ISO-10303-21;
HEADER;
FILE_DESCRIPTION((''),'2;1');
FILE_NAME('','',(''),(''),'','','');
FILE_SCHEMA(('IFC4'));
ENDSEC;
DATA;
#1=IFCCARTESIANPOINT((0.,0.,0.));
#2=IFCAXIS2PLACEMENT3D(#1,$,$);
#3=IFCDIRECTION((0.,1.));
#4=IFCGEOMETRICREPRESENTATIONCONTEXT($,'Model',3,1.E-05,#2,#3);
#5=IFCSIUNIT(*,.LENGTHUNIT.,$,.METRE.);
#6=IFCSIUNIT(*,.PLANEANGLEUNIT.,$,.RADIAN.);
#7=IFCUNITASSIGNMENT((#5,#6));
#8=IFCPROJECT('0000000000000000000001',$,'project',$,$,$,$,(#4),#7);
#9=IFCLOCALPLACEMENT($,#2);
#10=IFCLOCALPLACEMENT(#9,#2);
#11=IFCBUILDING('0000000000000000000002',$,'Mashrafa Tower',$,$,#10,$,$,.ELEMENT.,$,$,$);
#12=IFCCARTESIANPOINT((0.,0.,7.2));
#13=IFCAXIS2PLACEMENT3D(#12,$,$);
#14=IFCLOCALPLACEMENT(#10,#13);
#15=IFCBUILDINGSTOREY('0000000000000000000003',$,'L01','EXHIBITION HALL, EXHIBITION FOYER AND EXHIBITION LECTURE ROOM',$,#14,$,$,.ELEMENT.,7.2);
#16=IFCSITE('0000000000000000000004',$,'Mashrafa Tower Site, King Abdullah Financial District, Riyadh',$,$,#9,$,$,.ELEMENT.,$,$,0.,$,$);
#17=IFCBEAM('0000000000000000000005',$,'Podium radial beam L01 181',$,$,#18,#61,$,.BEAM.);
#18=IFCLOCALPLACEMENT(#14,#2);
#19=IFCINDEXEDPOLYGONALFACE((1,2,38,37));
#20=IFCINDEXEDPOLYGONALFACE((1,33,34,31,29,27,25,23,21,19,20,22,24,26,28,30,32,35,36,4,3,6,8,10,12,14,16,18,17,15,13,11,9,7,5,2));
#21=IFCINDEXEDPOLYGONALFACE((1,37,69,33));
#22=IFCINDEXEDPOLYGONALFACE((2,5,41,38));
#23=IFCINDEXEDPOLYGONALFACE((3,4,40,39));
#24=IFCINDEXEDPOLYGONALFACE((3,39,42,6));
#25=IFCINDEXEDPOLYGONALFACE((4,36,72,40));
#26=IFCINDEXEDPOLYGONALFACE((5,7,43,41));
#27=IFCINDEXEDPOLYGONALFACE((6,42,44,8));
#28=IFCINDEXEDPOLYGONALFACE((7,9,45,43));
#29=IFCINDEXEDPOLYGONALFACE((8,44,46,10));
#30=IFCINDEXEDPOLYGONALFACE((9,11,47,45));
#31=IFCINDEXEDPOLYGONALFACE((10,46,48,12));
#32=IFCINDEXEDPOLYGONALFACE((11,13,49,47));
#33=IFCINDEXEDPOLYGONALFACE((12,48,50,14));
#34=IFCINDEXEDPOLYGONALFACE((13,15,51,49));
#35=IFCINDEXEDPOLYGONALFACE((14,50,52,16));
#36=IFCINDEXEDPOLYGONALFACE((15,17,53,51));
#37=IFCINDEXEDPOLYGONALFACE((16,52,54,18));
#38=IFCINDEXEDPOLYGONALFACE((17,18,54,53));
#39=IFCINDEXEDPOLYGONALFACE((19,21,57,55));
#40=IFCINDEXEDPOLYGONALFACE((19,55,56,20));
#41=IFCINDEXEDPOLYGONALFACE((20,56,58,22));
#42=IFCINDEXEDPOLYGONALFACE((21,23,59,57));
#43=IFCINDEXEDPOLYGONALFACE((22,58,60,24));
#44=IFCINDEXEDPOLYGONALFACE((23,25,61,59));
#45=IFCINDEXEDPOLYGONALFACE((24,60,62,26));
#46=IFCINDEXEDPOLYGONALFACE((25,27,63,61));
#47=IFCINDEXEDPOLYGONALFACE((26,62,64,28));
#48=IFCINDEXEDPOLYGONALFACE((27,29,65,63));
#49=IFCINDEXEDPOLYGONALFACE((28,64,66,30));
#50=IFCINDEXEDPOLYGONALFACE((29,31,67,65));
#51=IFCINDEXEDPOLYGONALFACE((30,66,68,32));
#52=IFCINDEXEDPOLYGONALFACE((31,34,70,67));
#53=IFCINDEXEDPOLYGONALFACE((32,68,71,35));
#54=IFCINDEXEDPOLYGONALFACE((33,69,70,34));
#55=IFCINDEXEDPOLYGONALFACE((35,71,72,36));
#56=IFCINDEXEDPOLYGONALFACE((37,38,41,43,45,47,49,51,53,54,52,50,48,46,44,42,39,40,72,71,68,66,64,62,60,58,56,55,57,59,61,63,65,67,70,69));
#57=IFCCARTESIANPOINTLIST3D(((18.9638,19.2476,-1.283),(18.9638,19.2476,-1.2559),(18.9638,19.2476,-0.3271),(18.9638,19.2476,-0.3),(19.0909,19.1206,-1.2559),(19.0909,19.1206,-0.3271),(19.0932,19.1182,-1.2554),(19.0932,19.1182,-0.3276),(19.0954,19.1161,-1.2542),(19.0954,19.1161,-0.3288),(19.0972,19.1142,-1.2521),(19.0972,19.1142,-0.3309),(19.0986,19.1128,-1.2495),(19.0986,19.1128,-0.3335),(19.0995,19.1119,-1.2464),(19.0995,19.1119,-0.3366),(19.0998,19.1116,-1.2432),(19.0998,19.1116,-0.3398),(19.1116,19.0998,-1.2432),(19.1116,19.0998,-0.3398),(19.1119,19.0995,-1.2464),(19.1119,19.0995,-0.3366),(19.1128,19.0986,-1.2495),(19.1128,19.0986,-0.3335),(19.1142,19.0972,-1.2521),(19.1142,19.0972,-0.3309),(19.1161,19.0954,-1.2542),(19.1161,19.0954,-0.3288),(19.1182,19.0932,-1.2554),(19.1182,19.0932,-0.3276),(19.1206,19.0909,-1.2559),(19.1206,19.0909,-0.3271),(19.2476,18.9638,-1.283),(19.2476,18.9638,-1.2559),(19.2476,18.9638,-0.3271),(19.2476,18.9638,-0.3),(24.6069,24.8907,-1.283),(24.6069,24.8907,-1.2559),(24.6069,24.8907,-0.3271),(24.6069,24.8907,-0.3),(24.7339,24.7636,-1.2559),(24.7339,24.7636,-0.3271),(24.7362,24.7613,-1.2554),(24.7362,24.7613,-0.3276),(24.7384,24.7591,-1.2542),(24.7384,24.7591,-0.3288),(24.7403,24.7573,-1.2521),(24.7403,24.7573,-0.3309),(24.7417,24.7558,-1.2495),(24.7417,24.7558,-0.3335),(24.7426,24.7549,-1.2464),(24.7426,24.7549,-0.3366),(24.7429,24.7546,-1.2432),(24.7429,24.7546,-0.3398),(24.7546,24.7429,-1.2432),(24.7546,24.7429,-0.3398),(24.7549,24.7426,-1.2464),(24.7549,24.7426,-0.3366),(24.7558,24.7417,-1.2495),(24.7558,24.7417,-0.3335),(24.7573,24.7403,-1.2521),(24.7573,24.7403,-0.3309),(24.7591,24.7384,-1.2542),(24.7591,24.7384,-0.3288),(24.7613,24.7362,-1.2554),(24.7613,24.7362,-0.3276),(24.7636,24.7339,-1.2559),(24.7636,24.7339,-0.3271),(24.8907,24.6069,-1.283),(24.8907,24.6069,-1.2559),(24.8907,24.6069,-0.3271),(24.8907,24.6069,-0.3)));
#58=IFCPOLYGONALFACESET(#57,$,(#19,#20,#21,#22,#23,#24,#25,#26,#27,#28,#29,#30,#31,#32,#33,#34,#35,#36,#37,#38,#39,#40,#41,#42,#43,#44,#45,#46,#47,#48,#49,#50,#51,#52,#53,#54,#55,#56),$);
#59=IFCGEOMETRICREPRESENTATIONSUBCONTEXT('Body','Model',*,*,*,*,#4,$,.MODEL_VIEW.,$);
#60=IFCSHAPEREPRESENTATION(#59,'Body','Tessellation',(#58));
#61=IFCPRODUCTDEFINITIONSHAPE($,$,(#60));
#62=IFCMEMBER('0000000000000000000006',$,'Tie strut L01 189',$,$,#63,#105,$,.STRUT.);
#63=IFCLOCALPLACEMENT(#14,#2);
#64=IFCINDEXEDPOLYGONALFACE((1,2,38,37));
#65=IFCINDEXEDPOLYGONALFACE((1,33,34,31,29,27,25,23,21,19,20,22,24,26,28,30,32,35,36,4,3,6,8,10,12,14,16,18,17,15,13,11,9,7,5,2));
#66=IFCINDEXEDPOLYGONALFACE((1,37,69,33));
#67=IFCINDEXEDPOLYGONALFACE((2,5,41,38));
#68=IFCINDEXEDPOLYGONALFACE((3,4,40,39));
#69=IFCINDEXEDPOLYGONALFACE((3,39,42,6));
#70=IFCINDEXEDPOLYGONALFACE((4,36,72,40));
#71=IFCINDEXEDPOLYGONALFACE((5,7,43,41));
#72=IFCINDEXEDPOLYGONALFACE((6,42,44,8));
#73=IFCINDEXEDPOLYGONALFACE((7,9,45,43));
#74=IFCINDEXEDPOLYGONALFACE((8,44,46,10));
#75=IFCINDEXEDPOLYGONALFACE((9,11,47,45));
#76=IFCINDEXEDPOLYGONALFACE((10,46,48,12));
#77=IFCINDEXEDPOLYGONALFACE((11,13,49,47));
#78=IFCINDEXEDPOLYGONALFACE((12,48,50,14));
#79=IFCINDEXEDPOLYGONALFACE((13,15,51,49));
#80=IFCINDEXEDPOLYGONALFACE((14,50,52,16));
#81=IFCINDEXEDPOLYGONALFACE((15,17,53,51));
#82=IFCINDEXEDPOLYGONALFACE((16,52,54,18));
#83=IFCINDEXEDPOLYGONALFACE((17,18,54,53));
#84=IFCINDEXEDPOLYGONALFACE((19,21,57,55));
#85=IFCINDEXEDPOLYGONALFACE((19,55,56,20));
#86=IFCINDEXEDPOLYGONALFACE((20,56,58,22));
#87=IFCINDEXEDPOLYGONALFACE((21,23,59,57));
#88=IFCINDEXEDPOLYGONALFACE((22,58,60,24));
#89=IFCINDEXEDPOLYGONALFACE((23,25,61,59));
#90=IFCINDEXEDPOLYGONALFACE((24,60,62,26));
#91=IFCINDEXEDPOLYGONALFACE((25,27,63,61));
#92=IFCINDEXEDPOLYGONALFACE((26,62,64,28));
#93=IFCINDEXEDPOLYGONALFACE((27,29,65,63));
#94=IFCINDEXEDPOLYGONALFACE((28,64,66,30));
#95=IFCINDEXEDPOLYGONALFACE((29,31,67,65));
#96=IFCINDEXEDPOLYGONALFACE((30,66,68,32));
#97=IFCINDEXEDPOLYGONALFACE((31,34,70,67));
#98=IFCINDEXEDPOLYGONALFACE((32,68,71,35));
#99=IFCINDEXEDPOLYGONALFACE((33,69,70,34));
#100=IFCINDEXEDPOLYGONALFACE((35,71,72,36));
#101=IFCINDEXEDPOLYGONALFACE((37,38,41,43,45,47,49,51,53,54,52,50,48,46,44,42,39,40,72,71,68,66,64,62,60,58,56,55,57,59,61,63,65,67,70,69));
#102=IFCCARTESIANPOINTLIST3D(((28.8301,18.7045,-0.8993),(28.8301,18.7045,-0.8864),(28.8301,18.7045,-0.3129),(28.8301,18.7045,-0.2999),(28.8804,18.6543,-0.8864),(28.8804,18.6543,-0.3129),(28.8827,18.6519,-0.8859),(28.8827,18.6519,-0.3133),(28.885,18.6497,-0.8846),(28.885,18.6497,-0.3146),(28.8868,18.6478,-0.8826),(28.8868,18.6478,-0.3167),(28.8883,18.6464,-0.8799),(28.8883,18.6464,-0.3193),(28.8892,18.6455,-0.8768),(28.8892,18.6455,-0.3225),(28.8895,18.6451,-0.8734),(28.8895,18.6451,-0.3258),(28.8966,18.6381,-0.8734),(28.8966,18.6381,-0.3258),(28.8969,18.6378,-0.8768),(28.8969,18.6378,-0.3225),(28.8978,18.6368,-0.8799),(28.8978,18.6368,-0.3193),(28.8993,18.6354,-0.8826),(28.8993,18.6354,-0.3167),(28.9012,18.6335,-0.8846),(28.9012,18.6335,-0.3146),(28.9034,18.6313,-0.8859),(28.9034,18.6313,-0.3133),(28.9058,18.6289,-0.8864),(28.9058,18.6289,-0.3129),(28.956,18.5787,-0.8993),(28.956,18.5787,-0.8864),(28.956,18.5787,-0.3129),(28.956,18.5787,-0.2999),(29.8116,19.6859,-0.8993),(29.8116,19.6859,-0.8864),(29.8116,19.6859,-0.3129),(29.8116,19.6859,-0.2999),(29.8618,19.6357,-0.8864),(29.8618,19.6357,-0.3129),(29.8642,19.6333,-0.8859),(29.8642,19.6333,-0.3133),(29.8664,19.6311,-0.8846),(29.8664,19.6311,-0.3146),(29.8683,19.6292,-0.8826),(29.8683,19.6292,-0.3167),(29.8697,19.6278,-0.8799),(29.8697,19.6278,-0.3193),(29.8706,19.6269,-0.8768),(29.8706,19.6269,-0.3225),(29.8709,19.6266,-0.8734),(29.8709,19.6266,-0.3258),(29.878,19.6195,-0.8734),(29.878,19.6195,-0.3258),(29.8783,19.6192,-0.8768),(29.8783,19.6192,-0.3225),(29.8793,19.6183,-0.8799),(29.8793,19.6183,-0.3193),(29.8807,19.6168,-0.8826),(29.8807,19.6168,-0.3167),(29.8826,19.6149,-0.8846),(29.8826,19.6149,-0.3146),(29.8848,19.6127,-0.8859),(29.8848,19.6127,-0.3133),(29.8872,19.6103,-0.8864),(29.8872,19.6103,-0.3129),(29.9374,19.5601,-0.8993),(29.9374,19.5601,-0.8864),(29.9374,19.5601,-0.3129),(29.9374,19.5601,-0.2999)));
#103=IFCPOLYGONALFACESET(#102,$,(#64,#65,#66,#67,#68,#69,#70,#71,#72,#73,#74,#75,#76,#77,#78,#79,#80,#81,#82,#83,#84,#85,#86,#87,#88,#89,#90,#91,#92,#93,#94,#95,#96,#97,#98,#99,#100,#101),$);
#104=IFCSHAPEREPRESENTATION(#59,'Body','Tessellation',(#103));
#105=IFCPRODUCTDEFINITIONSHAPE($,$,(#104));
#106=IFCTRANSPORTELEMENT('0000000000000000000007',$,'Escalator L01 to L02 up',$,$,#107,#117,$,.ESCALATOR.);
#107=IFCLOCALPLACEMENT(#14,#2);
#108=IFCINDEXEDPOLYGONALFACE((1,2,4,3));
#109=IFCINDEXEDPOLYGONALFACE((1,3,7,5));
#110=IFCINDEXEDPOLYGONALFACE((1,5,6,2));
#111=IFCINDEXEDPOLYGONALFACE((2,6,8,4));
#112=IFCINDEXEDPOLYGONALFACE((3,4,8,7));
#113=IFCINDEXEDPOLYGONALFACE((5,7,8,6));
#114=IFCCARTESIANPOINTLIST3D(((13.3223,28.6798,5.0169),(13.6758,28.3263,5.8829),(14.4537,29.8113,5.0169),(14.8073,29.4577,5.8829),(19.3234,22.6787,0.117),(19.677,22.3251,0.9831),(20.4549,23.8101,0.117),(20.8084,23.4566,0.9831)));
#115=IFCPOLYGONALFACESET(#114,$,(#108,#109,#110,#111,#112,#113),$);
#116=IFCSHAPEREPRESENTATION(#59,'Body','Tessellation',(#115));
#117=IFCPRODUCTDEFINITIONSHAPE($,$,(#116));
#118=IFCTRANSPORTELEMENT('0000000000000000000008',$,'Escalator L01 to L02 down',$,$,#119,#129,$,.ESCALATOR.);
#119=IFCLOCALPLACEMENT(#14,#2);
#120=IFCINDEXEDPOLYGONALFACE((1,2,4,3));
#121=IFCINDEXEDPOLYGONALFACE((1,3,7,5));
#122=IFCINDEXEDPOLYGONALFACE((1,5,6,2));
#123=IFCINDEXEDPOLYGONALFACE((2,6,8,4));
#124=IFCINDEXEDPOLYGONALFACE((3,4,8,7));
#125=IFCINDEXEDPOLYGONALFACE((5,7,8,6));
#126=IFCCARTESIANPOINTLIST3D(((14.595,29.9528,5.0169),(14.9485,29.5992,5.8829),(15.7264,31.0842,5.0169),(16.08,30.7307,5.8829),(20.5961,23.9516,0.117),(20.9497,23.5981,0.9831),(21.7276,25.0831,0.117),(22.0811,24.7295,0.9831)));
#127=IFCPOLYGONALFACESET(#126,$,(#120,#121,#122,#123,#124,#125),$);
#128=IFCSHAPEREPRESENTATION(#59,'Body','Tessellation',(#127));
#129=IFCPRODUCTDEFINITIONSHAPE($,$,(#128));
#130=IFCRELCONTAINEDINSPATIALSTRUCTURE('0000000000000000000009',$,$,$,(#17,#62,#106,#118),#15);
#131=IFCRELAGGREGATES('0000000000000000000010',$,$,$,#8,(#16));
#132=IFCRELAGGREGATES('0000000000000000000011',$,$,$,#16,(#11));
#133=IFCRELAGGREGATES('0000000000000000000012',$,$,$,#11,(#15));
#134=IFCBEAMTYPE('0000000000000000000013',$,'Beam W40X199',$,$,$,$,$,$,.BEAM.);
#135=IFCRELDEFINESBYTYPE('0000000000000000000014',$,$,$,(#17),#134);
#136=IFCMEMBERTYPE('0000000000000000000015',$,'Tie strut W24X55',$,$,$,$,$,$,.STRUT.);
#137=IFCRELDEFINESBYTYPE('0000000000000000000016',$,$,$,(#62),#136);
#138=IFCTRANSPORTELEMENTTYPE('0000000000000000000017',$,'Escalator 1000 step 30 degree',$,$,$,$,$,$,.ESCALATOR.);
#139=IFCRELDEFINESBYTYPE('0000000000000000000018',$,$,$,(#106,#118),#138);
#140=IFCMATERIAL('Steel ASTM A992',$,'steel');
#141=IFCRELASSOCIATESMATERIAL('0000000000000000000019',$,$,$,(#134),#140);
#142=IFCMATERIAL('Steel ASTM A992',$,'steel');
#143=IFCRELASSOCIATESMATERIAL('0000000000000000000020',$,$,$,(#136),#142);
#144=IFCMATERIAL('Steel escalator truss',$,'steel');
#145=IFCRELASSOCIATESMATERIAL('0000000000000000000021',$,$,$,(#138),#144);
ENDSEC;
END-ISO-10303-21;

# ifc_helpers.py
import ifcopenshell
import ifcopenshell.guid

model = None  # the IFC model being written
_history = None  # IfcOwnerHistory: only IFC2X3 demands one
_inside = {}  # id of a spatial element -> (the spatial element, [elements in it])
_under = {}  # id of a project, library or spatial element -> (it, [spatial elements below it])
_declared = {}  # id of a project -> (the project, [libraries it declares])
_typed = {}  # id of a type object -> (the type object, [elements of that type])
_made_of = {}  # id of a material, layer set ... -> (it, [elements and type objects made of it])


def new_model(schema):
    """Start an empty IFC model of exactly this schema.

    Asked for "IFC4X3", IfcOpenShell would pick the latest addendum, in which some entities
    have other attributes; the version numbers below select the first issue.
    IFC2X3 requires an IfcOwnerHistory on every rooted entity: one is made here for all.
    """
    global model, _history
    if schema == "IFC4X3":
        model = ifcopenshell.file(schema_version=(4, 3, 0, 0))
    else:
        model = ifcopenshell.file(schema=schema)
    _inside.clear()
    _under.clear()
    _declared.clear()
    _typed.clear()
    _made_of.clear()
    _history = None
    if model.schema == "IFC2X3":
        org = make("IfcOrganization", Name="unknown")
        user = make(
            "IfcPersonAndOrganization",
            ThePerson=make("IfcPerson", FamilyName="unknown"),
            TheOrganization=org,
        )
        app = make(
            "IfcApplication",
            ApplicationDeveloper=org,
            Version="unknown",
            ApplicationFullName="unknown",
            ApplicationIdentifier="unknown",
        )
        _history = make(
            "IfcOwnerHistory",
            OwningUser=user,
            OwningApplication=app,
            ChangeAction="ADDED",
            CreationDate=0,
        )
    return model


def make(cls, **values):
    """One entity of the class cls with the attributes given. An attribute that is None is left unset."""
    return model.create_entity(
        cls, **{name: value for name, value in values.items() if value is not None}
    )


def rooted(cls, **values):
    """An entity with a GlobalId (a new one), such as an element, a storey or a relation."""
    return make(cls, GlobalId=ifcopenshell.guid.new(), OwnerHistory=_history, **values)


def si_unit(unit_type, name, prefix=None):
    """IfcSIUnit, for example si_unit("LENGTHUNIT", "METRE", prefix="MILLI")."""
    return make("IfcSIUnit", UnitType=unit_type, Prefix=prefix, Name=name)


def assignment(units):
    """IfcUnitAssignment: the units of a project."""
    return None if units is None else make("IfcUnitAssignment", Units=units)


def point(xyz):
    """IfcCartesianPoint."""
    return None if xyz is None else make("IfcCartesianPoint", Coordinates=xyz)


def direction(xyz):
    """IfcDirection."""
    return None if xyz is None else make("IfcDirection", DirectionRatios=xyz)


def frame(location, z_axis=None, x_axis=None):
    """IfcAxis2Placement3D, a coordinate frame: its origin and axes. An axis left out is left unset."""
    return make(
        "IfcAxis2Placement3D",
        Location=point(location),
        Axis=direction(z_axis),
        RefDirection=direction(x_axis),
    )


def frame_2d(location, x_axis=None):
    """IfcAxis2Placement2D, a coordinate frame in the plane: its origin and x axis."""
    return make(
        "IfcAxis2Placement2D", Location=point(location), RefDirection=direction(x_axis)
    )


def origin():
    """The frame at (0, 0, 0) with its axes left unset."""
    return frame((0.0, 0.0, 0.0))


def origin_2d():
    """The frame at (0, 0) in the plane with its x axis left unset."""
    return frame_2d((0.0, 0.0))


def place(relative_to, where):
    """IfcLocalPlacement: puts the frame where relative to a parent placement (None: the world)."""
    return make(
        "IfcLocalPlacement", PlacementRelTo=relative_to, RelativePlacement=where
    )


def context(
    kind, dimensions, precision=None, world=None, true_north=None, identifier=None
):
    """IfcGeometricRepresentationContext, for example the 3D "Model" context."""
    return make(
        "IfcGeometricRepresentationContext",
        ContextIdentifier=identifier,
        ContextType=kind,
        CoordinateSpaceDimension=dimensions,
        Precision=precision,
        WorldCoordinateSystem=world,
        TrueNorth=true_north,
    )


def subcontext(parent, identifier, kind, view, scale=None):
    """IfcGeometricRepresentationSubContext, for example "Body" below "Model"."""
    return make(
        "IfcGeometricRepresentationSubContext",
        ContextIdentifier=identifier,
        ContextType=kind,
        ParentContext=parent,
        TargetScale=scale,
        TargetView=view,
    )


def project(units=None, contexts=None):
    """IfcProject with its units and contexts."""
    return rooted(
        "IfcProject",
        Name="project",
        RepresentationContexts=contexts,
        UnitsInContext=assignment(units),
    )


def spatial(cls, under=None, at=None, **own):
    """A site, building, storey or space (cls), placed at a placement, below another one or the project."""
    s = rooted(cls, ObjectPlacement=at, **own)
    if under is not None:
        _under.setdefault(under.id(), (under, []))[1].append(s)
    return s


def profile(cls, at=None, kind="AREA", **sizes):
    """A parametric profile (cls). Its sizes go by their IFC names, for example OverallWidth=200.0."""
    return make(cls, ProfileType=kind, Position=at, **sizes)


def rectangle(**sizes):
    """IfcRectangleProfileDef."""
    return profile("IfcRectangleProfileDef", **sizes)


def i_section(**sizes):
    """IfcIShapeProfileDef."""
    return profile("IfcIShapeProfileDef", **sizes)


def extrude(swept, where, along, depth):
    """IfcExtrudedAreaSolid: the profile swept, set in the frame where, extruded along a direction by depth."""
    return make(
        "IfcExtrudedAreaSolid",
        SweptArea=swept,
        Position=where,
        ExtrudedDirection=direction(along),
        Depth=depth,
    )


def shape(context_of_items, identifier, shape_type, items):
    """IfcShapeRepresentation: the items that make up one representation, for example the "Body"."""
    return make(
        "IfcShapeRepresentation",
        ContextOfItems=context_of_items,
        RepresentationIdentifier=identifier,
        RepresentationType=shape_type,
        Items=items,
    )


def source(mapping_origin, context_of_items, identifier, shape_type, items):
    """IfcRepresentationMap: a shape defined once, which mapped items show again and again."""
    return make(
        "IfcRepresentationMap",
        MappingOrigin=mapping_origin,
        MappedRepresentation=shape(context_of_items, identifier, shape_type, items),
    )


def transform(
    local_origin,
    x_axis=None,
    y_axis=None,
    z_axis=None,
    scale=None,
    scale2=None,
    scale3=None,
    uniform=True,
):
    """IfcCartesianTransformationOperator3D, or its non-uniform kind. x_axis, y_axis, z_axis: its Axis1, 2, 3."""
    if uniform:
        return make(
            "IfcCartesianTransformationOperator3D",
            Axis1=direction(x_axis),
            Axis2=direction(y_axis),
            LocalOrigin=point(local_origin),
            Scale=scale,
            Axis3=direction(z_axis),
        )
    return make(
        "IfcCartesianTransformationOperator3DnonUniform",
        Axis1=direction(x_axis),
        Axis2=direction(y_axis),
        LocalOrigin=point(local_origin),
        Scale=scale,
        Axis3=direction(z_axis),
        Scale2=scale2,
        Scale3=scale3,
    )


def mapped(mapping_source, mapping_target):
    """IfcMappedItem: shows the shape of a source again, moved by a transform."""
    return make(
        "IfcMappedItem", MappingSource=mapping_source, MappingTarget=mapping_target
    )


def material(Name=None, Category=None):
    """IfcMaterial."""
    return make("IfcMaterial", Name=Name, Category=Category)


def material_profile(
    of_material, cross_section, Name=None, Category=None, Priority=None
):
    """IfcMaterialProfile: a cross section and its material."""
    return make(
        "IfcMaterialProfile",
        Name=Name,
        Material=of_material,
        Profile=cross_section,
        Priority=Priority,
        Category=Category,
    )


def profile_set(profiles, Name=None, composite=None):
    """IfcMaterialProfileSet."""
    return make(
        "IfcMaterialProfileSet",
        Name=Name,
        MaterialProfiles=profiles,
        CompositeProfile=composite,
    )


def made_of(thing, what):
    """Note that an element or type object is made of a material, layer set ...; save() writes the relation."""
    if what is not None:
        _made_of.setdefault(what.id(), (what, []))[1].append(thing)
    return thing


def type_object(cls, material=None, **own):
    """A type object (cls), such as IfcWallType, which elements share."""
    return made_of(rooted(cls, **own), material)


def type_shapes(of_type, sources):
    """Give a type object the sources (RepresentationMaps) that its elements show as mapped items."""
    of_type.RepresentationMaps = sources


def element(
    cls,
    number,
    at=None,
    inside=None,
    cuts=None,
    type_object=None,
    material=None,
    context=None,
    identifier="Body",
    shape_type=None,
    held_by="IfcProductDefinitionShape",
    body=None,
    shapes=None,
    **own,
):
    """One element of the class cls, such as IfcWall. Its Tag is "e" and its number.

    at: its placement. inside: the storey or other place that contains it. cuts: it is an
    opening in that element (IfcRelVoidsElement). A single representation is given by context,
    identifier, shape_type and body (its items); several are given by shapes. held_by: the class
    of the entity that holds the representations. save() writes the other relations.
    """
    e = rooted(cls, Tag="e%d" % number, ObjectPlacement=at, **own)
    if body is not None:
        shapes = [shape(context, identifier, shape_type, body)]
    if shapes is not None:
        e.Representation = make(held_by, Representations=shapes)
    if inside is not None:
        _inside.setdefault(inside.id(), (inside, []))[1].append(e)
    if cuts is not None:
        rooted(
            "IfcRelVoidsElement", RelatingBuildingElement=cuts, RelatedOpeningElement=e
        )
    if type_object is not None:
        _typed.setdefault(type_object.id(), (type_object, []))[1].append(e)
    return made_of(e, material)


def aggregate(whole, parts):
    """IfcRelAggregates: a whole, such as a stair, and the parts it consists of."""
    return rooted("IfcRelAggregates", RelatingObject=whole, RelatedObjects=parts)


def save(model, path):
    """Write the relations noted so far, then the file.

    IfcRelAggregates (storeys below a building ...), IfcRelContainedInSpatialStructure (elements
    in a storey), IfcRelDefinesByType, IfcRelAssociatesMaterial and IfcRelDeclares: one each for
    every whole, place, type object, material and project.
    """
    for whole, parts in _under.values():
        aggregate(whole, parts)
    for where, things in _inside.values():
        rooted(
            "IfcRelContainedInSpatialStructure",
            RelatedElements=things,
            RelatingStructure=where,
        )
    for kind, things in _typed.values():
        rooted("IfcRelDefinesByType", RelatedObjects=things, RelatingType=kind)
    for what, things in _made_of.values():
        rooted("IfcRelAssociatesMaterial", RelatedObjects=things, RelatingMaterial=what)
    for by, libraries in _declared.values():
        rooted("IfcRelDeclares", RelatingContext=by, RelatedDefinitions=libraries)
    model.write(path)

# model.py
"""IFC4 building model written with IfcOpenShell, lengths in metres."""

from ifc_helpers import new_model, si_unit, direction, frame, origin, origin_2d, place, context, subcontext, project, spatial, rectangle, i_section, extrude, source, transform, mapped, material, material_profile, profile_set, type_object, type_shapes, element, save


model = new_model("IFC4")

# Units and contexts
model_context = context("Model", 3, precision=1e-05, world=origin(), true_north=direction((0.0, 1.0)))
body_context = subcontext(model_context, "Body", "Model", "MODEL_VIEW")
ifc_project = project(units=[si_unit("LENGTHUNIT", "METRE"), si_unit("PLANEANGLEUNIT", "RADIAN")], contexts=[model_context])

# Site, building, storey
site_placement = place(None, origin())
site = spatial("IfcSite", under=ifc_project, at=site_placement, Name="Mashrafa Tower Site, King Abdullah Financial District, Riyadh", CompositionType="ELEMENT", RefElevation=0.0)
building_placement = place(site_placement, origin())
building = spatial("IfcBuilding", under=site, at=building_placement, Name="Mashrafa Tower", CompositionType="ELEMENT")
storey_placement = place(building_placement, frame((0.0, 0.0, 7.2)))
storey = spatial("IfcBuildingStorey", under=building, at=storey_placement, Name="L01", Description="EXHIBITION HALL, EXHIBITION FOYER AND EXHIBITION LECTURE ROOM", CompositionType="ELEMENT", Elevation=7.2)

# Beam
ifc_material_1 = material(Name="Steel ASTM A992", Category="steel")
ifc_material_profile_1 = material_profile(ifc_material_1, i_section(OverallWidth=0.4014, OverallDepth=0.9829, WebThickness=0.0166, FlangeThickness=0.0271, FilletRadius=0.0127, at=origin_2d()), Name="W40X199")
ifc_profile_set_1 = profile_set([ifc_material_profile_1], Name="Steel ASTM A992")
beam_type_1 = type_object("IfcBeamType", Name="Beam W40X199", PredefinedType="BEAM", material=ifc_profile_set_1)
beam_1_placement = place(storey_placement, frame((19.1057, 19.1057, -0.7915), z_axis=(0.707107, 0.707107, 0.0), x_axis=(-0.707107, 0.707107, 0.0)))
element("IfcBeam", 1, at=beam_1_placement, inside=storey, type_object=beam_type_1, Name="Podium radial beam L01 181", PredefinedType="BEAM", context=body_context, shape_type="SweptSolid", body=[
    extrude(i_section(OverallWidth=0.4014, OverallDepth=0.9829, WebThickness=0.0166, FlangeThickness=0.0271, FilletRadius=0.0127, at=origin_2d()), origin(), (0.0, 0.0, 1.0), 7.9805),
])

# Member
ifc_material_2 = material(Name="Steel ASTM A992", Category="steel")
ifc_material_profile_2 = material_profile(ifc_material_2, i_section(OverallWidth=0.178, OverallDepth=0.5994, WebThickness=0.01, FlangeThickness=0.0129, FilletRadius=0.0129, at=origin_2d()), Name="W24X55")
ifc_profile_set_2 = profile_set([ifc_material_profile_2], Name="Steel ASTM A992")
member_type = type_object("IfcMemberType", Name="Tie strut W24X55", PredefinedType="STRUT", material=ifc_profile_set_2)
shared_shape = source(origin(), body_context, "Body", "SweptSolid", [
    extrude(i_section(OverallWidth=0.178, OverallDepth=0.5994, WebThickness=0.01, FlangeThickness=0.0129, FilletRadius=0.0129, at=origin_2d()), origin(), (0.0, 0.0, 1.0), 1.3879),
])
type_shapes(member_type, [shared_shape])
member_placement = place(storey_placement, frame((28.8931, 18.6416, -0.5996), z_axis=(0.707107, 0.707107, 0.0), x_axis=(-0.707107, 0.707107, 0.0)))
element("IfcMember", 2, at=member_placement, inside=storey, type_object=member_type, Name="Tie strut L01 189", PredefinedType="STRUT", context=body_context, shape_type="MappedRepresentation", body=[
    mapped(shared_shape, transform((0.0, 0.0, 0.0))),
])

# Transport elements
ifc_material_3 = material(Name="Steel escalator truss", Category="steel")
transport_element_type = type_object("IfcTransportElementType", Name="Escalator 1000 step 30 degree", PredefinedType="ESCALATOR", material=ifc_material_3)
for number, where, z_axis, x_axis, name in (
    (3, (20.0659, 23.0676, 0.55), (-0.612375, 0.612375, 0.499994), (-0.707107, -0.707107, 0.0), "Escalator L01 to L02 up"),
    (4, (21.3386, 24.3406, 0.55), (-0.612375, 0.612375, 0.499994), (-0.707107, -0.707107, 0.0), "Escalator L01 to L02 down"),
):
    element("IfcTransportElement", number, at=place(storey_placement, frame(where, z_axis=z_axis, x_axis=x_axis)), inside=storey, type_object=transport_element_type, Name=name, PredefinedType="ESCALATOR", context=body_context, shape_type="SweptSolid", body=[
        extrude(rectangle(XDim=1.6001, YDim=1.0, at=origin_2d()), origin(), (0.0, 0.0, 1.0), 9.7998),
    ])

save(model, "model.ifc")
